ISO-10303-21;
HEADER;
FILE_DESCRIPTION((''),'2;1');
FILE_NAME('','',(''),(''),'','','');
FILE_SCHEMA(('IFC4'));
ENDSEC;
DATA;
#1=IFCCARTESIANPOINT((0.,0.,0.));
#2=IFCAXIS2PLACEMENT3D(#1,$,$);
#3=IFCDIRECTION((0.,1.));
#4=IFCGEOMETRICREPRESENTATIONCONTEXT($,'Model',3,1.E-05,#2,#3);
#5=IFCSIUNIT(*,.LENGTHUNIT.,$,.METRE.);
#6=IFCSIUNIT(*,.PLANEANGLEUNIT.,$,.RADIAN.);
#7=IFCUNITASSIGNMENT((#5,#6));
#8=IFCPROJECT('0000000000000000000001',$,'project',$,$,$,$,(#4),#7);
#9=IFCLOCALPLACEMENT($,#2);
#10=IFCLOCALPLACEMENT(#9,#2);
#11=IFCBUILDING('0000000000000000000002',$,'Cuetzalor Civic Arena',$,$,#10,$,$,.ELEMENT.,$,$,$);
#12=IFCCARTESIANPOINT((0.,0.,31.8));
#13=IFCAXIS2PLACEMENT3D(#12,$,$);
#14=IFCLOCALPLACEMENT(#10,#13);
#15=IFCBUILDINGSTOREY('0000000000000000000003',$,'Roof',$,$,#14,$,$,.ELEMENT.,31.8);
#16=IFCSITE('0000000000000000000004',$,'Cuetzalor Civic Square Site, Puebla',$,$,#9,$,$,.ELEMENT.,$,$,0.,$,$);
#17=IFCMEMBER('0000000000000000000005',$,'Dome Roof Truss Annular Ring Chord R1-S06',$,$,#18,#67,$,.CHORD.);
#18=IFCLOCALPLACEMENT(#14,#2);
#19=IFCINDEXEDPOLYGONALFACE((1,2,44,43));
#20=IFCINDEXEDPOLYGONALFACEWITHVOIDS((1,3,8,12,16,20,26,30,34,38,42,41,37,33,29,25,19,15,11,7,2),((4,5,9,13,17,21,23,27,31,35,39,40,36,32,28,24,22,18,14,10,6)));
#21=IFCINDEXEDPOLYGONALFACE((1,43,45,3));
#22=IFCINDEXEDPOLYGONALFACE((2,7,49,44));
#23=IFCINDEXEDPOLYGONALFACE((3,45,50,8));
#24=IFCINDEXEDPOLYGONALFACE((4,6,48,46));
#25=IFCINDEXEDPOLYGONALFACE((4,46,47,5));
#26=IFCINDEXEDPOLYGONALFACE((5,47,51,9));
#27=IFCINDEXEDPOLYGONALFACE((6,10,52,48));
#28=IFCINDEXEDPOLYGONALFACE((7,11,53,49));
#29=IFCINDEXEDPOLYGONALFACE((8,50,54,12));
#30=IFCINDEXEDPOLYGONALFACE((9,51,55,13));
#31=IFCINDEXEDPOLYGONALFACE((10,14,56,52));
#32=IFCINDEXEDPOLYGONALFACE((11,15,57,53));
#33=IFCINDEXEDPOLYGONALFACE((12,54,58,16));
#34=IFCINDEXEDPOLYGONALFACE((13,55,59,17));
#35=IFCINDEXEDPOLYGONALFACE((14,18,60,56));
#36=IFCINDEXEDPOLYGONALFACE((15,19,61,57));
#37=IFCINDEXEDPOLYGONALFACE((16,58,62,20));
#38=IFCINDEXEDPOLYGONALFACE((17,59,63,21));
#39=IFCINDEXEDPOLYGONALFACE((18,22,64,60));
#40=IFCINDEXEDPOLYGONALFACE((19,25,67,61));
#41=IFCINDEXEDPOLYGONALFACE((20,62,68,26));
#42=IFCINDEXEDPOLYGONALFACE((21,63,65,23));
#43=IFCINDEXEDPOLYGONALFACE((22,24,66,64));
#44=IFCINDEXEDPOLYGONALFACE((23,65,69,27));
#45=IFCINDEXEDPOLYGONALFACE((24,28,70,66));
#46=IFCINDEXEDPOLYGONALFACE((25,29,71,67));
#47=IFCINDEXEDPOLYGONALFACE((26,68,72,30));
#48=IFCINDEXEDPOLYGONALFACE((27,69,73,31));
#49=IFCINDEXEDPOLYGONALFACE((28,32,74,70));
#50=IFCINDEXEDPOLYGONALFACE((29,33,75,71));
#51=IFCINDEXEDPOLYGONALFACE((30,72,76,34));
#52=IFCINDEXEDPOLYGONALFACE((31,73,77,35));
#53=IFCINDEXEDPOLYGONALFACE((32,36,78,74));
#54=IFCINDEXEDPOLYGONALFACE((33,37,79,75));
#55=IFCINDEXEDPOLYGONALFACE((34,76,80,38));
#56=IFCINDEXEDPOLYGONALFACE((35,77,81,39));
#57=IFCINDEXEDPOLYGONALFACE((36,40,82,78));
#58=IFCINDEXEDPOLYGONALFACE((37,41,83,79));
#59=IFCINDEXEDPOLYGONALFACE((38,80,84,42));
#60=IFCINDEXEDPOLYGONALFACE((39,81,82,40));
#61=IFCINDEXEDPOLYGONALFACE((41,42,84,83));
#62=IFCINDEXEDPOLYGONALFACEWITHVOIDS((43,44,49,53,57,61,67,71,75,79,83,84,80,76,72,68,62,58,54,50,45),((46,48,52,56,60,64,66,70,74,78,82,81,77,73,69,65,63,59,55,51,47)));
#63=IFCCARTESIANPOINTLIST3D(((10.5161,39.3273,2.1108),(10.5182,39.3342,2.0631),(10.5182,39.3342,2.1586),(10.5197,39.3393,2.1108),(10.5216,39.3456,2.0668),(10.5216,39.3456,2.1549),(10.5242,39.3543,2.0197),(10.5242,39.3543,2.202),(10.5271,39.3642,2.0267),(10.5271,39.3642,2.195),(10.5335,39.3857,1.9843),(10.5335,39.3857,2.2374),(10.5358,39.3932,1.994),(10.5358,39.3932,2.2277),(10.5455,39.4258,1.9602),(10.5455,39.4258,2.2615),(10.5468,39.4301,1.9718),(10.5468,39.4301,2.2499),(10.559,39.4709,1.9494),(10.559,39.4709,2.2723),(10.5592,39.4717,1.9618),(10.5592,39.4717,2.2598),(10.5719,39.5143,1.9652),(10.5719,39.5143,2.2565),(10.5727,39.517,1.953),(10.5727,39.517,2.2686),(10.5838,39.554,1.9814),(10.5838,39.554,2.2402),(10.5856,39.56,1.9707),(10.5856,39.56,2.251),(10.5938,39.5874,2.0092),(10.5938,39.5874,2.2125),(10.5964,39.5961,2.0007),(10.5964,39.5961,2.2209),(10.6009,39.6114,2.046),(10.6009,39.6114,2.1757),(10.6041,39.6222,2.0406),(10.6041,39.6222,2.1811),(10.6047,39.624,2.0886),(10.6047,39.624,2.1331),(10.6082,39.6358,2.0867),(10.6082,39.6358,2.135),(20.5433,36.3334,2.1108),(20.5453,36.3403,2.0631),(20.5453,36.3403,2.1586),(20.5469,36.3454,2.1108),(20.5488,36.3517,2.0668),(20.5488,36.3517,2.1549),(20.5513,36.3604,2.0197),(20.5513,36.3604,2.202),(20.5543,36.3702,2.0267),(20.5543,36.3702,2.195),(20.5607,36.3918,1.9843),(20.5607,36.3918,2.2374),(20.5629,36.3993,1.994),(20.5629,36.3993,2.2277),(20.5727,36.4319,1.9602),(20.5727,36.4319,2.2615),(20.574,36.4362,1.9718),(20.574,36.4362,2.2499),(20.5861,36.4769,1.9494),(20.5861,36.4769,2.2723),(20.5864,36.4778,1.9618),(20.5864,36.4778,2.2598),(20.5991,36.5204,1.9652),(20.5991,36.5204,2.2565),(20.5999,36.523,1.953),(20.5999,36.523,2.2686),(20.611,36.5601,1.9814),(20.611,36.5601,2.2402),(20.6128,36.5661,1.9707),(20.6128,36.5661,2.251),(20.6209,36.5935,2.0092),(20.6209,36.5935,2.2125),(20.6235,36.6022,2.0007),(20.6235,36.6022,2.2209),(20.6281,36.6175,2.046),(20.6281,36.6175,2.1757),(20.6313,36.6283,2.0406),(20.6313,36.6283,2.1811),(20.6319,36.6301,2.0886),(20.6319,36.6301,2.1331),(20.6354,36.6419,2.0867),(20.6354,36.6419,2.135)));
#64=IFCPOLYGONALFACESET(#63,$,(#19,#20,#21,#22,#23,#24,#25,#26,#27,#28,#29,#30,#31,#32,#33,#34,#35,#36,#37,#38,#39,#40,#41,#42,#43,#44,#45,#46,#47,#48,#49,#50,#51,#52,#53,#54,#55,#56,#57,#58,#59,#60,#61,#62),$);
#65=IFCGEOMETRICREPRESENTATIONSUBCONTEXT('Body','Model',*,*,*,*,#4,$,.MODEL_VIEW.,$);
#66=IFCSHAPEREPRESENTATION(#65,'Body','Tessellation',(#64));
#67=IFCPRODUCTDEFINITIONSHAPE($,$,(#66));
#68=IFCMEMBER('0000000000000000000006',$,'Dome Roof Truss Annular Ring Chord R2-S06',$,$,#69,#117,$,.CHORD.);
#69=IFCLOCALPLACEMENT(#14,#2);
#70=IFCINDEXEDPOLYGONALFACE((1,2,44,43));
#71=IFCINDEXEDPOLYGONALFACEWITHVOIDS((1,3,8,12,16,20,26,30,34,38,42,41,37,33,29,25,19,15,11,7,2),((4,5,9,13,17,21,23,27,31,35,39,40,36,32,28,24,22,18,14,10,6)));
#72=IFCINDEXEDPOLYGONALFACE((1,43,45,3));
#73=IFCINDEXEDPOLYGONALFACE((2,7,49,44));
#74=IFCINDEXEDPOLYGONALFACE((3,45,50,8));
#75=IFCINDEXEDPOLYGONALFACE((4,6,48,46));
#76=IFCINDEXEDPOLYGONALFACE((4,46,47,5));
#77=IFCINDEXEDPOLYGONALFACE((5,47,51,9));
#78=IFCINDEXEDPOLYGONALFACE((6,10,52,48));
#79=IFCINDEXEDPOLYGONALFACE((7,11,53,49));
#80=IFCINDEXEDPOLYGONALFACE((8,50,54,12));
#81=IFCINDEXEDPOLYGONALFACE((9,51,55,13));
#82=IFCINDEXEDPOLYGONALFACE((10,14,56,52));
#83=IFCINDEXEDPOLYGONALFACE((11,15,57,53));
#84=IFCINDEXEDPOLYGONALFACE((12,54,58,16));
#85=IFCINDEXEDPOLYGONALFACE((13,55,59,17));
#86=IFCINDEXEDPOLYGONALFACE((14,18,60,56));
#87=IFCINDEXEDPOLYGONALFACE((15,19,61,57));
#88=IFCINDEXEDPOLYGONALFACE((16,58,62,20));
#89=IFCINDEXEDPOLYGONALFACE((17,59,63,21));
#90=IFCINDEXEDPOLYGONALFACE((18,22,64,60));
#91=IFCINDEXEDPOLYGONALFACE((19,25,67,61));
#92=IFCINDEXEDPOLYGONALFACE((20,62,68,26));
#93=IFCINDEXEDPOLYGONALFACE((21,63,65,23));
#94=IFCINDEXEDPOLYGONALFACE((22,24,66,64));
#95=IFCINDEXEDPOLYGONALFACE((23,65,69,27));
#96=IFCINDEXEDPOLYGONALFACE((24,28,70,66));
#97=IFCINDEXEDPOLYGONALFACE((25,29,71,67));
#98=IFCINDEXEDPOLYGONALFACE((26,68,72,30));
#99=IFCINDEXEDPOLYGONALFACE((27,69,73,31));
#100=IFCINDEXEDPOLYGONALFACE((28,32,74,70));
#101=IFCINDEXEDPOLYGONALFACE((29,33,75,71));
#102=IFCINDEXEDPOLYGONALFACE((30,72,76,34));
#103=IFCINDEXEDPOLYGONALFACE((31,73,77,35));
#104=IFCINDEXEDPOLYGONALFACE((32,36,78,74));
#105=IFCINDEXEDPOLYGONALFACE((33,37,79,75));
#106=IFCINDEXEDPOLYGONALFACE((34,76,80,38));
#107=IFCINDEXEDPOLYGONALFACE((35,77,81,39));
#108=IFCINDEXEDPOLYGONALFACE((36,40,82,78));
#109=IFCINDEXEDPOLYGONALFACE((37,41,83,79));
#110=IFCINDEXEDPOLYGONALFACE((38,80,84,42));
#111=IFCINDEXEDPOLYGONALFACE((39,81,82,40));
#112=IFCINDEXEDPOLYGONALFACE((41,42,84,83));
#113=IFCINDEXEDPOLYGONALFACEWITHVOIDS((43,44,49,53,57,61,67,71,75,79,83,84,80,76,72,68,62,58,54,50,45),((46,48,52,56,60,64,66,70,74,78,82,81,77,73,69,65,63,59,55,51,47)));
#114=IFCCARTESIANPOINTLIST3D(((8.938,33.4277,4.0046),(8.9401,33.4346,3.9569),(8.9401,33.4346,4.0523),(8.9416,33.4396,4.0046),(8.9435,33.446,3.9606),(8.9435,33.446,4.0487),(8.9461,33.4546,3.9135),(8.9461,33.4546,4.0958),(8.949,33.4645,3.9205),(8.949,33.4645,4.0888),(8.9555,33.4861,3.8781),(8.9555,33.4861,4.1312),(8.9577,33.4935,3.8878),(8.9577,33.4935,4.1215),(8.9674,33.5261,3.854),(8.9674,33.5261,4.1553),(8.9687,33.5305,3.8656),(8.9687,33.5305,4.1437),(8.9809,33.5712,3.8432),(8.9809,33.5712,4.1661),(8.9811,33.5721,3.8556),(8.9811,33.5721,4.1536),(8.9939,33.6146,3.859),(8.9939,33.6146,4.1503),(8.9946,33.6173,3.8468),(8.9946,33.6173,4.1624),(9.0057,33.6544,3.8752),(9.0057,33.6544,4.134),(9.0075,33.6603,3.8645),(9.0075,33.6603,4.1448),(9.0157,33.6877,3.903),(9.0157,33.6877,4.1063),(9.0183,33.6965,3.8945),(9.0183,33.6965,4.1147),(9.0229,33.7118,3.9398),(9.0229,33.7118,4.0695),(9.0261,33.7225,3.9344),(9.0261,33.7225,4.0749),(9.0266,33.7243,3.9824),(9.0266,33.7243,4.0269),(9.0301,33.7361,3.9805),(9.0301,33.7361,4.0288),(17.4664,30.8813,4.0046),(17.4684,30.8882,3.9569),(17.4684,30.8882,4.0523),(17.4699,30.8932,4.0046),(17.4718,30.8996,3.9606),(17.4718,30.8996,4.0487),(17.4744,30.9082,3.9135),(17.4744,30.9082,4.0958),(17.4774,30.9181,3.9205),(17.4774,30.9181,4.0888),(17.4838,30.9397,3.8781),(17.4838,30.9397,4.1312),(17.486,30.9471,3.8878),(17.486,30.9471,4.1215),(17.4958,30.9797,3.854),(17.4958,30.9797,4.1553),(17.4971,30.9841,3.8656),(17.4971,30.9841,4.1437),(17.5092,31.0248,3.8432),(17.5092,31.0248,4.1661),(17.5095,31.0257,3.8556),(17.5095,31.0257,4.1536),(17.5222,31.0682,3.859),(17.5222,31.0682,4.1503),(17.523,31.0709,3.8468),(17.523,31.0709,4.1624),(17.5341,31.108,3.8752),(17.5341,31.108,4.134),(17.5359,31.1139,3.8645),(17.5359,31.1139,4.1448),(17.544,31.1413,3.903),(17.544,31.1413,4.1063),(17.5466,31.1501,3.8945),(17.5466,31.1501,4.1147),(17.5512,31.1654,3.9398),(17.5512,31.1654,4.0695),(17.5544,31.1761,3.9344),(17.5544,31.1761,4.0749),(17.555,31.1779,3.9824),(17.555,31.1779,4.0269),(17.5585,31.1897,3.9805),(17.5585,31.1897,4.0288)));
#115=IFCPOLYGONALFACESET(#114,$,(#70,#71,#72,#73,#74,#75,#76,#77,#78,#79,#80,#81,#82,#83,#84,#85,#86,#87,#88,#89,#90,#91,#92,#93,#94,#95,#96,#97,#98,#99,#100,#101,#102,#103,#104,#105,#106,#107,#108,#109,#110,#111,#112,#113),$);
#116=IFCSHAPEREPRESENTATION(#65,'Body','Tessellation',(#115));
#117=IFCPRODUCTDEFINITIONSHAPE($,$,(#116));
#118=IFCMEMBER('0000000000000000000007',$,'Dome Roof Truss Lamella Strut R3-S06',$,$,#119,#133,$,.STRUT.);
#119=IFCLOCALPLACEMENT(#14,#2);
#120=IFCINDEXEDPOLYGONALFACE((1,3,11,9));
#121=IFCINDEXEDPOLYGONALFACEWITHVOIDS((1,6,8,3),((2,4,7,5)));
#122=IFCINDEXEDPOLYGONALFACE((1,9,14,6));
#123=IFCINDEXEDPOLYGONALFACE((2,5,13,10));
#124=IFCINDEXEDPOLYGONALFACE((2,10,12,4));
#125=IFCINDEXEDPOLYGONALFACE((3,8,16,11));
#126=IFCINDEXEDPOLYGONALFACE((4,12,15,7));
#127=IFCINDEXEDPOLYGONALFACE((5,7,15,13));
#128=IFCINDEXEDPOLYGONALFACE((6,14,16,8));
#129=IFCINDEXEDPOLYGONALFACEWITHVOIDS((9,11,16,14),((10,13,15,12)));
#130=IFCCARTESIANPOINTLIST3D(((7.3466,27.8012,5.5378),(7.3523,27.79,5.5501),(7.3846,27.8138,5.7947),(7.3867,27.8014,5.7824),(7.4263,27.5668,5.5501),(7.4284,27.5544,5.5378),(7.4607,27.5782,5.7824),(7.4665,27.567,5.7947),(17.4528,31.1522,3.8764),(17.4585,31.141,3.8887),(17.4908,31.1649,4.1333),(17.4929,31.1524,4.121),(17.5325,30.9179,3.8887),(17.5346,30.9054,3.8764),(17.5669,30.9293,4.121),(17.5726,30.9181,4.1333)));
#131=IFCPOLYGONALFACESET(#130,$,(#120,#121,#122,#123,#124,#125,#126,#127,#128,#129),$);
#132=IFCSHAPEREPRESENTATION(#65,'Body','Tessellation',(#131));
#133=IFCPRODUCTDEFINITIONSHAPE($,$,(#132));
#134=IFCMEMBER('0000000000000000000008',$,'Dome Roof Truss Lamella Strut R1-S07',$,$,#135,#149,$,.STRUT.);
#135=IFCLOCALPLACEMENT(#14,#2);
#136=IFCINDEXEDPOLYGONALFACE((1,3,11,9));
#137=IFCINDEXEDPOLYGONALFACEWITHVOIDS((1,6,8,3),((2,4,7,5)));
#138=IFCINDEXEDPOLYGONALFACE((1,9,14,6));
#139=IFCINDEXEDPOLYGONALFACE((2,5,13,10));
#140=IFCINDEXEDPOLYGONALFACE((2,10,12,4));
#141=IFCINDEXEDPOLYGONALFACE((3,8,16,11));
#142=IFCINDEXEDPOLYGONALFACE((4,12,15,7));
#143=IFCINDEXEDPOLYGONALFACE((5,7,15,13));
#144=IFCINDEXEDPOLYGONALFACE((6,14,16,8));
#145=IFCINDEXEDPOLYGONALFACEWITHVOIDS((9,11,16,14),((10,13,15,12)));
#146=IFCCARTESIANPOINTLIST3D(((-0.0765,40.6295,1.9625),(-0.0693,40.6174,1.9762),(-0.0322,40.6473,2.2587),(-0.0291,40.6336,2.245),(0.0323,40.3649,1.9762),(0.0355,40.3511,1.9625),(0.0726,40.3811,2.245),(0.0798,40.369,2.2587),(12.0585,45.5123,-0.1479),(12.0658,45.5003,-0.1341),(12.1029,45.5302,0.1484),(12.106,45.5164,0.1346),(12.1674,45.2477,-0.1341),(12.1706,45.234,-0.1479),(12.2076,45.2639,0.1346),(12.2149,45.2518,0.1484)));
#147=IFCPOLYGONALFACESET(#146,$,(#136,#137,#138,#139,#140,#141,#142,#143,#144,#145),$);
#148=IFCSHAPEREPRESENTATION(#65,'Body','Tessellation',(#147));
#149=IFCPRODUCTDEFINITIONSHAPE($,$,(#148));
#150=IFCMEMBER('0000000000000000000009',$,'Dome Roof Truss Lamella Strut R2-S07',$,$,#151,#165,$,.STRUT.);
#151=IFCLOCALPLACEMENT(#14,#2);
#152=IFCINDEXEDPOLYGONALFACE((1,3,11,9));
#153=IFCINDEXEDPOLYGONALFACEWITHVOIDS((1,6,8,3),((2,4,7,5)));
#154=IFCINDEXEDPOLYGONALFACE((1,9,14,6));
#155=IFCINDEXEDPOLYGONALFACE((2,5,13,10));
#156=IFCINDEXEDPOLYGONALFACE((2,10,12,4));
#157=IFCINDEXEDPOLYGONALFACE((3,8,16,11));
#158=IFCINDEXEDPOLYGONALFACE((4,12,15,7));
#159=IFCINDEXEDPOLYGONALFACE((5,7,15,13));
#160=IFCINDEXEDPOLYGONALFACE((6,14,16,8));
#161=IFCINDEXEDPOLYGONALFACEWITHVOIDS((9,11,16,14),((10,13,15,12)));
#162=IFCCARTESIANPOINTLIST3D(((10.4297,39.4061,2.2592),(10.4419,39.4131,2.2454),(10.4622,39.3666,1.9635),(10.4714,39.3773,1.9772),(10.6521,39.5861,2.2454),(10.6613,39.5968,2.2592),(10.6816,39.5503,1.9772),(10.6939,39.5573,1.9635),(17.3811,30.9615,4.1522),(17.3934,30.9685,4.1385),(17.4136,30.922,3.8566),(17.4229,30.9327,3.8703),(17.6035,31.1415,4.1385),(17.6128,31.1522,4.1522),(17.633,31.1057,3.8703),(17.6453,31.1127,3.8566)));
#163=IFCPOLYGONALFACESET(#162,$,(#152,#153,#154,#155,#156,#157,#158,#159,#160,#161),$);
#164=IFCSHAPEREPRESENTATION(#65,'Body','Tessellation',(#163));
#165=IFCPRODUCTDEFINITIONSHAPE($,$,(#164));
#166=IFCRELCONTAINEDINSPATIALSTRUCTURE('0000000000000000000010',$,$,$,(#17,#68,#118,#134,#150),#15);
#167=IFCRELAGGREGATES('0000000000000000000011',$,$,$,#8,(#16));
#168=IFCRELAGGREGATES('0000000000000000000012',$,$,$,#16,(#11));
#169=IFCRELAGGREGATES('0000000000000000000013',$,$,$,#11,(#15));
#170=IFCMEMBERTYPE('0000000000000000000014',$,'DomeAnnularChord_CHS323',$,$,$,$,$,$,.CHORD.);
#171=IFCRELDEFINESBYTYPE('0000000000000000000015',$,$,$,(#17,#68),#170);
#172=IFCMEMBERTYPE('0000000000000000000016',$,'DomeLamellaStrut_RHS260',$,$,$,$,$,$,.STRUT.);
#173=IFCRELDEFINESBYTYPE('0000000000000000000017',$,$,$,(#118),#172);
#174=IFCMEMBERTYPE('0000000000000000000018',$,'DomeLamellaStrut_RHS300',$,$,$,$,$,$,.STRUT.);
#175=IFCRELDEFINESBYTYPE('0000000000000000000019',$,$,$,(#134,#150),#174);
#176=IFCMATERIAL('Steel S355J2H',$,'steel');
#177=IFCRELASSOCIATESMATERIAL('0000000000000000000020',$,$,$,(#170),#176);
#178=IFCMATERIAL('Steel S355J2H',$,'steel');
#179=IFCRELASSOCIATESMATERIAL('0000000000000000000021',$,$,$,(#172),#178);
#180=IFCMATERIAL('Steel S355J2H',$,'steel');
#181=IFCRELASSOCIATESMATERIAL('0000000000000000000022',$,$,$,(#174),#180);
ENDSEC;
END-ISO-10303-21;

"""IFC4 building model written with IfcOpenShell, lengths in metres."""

from ifc_helpers import new_model, si_unit, direction, frame, origin, origin_2d, place, context, subcontext, project, spatial, hollow_rectangle, hollow_circle, extrude, material, material_profile, profile_set, type_object, element, save


model = new_model("IFC4")

# Units and contexts
model_context = context("Model", 3, precision=1e-05, world=origin(), true_north=direction((0.0, 1.0)))
body_context = subcontext(model_context, "Body", "Model", "MODEL_VIEW")
ifc_project = project(units=[si_unit("LENGTHUNIT", "METRE"), si_unit("PLANEANGLEUNIT", "RADIAN")], contexts=[model_context])

# Site, building, storey
site_placement = place(None, origin())
site = spatial("IfcSite", under=ifc_project, at=site_placement, Name="Cuetzalor Civic Square Site, Puebla", CompositionType="ELEMENT", RefElevation=0.0)
building_placement = place(site_placement, origin())
building = spatial("IfcBuilding", under=site, at=building_placement, Name="Cuetzalor Civic Arena", CompositionType="ELEMENT")
storey_placement = place(building_placement, frame((0.0, 0.0, 31.8)))
storey = spatial("IfcBuildingStorey", under=building, at=storey_placement, Name="Roof", CompositionType="ELEMENT", Elevation=31.8)

# Members
ifc_material_1 = material(Name="Steel S355J2H", Category="steel")
ifc_material_profile_1 = material_profile(ifc_material_1, hollow_circle(Radius=0.1619, WallThickness=0.0125, at=origin_2d()), Name="CHS 323.9x12.5")
ifc_profile_set_1 = profile_set([ifc_material_profile_1], Name="Steel S355J2H")
member_type_1 = type_object("IfcMemberType", Name="DomeAnnularChord_CHS323", PredefinedType="CHORD", material=ifc_profile_set_1)
member_1_placement = place(storey_placement, frame((20.5896, 36.4885, 2.1108), z_axis=(-0.9582, 0.2861, 0.0), x_axis=(-0.2861, -0.9582, 0.0)))
element("IfcMember", 1, at=member_1_placement, inside=storey, type_object=member_type_1, Name="Dome Roof Truss Annular Ring Chord R1-S06", PredefinedType="CHORD", context=body_context, shape_type="SweptSolid", body=[
    extrude(hollow_circle(Radius=0.1619, WallThickness=0.0125, at=origin_2d()), origin(), (0.0, 0.0, 1.0), 10.4646),
])
member_2_placement = place(storey_placement, frame((17.5127, 31.0364, 4.0046), z_axis=(-0.9582, 0.286099, 0.0), x_axis=(-0.286099, -0.9582, 0.0)))
element("IfcMember", 2, at=member_2_placement, inside=storey, type_object=member_type_1, Name="Dome Roof Truss Annular Ring Chord R2-S06", PredefinedType="CHORD", context=body_context, shape_type="SweptSolid", body=[
    extrude(hollow_circle(Radius=0.1619, WallThickness=0.0125, at=origin_2d()), origin(), (0.0, 0.0, 1.0), 8.9004),
])
ifc_material_2 = material(Name="Steel S355J2H", Category="steel")
ifc_material_profile_2 = material_profile(ifc_material_2, hollow_rectangle(XDim=0.26, YDim=0.26, WallThickness=0.0125, at=origin_2d()), Name="RHS 260x260x12.5")
ifc_profile_set_2 = profile_set([ifc_material_profile_2], Name="Steel S355J2H")
member_type_2 = type_object("IfcMemberType", Name="DomeLamellaStrut_RHS260", PredefinedType="STRUT", material=ifc_profile_set_2)
member_3_placement = place(storey_placement, frame((17.5127, 31.0352, 4.0049), z_axis=(-0.937831, -0.310972, 0.154172), x_axis=(0.314735, -0.94918, 0.0)))
element("IfcMember", 3, at=member_3_placement, inside=storey, type_object=member_type_2, Name="Dome Roof Truss Lamella Strut R3-S06", PredefinedType="STRUT", context=body_context, shape_type="SweptSolid", body=[
    extrude(hollow_rectangle(XDim=0.26, YDim=0.26, WallThickness=0.0125, at=origin_2d()), origin(), (0.0, 0.0, 1.0), 10.7761),
])
ifc_material_3 = material(Name="Steel S355J2H", Category="steel")
ifc_material_profile_3 = material_profile(ifc_material_3, hollow_rectangle(XDim=0.3, YDim=0.3, WallThickness=0.0139, at=origin_2d()), Name="RHS 300x300x14")
ifc_profile_set_3 = profile_set([ifc_material_profile_3], Name="Steel S355J2H")
member_type_3 = type_object("IfcMemberType", Name="DomeLamellaStrut_RHS300", PredefinedType="STRUT", material=ifc_profile_set_3)
member_4_placement = place(storey_placement, frame((12.1367, 45.3821, 0.0002), z_axis=(-0.915872, -0.368523, 0.159276), x_axis=(0.373289, -0.927715, 0.0)))
element("IfcMember", 4, at=member_4_placement, inside=storey, type_object=member_type_3, Name="Dome Roof Truss Lamella Strut R1-S07", PredefinedType="STRUT", context=body_context, shape_type="SweptSolid", body=[
    extrude(hollow_rectangle(XDim=0.3, YDim=0.3, WallThickness=0.0139, at=origin_2d()), origin(), (0.0, 0.0, 1.0), 13.2498),
])
member_5_placement = place(storey_placement, frame((10.5618, 39.4817, 2.1113), z_axis=(0.626236, -0.760752, 0.170542), x_axis=(0.772062, 0.635547, 0.0)))
element("IfcMember", 5, at=member_5_placement, inside=storey, type_object=member_type_3, Name="Dome Roof Truss Lamella Strut R2-S07", PredefinedType="STRUT", context=body_context, shape_type="SweptSolid", body=[
    extrude(hollow_rectangle(XDim=0.3, YDim=0.3, WallThickness=0.0139, at=origin_2d()), origin(), (0.0, 0.0, 1.0), 11.1003),
])

save(model, "model.ifc")
